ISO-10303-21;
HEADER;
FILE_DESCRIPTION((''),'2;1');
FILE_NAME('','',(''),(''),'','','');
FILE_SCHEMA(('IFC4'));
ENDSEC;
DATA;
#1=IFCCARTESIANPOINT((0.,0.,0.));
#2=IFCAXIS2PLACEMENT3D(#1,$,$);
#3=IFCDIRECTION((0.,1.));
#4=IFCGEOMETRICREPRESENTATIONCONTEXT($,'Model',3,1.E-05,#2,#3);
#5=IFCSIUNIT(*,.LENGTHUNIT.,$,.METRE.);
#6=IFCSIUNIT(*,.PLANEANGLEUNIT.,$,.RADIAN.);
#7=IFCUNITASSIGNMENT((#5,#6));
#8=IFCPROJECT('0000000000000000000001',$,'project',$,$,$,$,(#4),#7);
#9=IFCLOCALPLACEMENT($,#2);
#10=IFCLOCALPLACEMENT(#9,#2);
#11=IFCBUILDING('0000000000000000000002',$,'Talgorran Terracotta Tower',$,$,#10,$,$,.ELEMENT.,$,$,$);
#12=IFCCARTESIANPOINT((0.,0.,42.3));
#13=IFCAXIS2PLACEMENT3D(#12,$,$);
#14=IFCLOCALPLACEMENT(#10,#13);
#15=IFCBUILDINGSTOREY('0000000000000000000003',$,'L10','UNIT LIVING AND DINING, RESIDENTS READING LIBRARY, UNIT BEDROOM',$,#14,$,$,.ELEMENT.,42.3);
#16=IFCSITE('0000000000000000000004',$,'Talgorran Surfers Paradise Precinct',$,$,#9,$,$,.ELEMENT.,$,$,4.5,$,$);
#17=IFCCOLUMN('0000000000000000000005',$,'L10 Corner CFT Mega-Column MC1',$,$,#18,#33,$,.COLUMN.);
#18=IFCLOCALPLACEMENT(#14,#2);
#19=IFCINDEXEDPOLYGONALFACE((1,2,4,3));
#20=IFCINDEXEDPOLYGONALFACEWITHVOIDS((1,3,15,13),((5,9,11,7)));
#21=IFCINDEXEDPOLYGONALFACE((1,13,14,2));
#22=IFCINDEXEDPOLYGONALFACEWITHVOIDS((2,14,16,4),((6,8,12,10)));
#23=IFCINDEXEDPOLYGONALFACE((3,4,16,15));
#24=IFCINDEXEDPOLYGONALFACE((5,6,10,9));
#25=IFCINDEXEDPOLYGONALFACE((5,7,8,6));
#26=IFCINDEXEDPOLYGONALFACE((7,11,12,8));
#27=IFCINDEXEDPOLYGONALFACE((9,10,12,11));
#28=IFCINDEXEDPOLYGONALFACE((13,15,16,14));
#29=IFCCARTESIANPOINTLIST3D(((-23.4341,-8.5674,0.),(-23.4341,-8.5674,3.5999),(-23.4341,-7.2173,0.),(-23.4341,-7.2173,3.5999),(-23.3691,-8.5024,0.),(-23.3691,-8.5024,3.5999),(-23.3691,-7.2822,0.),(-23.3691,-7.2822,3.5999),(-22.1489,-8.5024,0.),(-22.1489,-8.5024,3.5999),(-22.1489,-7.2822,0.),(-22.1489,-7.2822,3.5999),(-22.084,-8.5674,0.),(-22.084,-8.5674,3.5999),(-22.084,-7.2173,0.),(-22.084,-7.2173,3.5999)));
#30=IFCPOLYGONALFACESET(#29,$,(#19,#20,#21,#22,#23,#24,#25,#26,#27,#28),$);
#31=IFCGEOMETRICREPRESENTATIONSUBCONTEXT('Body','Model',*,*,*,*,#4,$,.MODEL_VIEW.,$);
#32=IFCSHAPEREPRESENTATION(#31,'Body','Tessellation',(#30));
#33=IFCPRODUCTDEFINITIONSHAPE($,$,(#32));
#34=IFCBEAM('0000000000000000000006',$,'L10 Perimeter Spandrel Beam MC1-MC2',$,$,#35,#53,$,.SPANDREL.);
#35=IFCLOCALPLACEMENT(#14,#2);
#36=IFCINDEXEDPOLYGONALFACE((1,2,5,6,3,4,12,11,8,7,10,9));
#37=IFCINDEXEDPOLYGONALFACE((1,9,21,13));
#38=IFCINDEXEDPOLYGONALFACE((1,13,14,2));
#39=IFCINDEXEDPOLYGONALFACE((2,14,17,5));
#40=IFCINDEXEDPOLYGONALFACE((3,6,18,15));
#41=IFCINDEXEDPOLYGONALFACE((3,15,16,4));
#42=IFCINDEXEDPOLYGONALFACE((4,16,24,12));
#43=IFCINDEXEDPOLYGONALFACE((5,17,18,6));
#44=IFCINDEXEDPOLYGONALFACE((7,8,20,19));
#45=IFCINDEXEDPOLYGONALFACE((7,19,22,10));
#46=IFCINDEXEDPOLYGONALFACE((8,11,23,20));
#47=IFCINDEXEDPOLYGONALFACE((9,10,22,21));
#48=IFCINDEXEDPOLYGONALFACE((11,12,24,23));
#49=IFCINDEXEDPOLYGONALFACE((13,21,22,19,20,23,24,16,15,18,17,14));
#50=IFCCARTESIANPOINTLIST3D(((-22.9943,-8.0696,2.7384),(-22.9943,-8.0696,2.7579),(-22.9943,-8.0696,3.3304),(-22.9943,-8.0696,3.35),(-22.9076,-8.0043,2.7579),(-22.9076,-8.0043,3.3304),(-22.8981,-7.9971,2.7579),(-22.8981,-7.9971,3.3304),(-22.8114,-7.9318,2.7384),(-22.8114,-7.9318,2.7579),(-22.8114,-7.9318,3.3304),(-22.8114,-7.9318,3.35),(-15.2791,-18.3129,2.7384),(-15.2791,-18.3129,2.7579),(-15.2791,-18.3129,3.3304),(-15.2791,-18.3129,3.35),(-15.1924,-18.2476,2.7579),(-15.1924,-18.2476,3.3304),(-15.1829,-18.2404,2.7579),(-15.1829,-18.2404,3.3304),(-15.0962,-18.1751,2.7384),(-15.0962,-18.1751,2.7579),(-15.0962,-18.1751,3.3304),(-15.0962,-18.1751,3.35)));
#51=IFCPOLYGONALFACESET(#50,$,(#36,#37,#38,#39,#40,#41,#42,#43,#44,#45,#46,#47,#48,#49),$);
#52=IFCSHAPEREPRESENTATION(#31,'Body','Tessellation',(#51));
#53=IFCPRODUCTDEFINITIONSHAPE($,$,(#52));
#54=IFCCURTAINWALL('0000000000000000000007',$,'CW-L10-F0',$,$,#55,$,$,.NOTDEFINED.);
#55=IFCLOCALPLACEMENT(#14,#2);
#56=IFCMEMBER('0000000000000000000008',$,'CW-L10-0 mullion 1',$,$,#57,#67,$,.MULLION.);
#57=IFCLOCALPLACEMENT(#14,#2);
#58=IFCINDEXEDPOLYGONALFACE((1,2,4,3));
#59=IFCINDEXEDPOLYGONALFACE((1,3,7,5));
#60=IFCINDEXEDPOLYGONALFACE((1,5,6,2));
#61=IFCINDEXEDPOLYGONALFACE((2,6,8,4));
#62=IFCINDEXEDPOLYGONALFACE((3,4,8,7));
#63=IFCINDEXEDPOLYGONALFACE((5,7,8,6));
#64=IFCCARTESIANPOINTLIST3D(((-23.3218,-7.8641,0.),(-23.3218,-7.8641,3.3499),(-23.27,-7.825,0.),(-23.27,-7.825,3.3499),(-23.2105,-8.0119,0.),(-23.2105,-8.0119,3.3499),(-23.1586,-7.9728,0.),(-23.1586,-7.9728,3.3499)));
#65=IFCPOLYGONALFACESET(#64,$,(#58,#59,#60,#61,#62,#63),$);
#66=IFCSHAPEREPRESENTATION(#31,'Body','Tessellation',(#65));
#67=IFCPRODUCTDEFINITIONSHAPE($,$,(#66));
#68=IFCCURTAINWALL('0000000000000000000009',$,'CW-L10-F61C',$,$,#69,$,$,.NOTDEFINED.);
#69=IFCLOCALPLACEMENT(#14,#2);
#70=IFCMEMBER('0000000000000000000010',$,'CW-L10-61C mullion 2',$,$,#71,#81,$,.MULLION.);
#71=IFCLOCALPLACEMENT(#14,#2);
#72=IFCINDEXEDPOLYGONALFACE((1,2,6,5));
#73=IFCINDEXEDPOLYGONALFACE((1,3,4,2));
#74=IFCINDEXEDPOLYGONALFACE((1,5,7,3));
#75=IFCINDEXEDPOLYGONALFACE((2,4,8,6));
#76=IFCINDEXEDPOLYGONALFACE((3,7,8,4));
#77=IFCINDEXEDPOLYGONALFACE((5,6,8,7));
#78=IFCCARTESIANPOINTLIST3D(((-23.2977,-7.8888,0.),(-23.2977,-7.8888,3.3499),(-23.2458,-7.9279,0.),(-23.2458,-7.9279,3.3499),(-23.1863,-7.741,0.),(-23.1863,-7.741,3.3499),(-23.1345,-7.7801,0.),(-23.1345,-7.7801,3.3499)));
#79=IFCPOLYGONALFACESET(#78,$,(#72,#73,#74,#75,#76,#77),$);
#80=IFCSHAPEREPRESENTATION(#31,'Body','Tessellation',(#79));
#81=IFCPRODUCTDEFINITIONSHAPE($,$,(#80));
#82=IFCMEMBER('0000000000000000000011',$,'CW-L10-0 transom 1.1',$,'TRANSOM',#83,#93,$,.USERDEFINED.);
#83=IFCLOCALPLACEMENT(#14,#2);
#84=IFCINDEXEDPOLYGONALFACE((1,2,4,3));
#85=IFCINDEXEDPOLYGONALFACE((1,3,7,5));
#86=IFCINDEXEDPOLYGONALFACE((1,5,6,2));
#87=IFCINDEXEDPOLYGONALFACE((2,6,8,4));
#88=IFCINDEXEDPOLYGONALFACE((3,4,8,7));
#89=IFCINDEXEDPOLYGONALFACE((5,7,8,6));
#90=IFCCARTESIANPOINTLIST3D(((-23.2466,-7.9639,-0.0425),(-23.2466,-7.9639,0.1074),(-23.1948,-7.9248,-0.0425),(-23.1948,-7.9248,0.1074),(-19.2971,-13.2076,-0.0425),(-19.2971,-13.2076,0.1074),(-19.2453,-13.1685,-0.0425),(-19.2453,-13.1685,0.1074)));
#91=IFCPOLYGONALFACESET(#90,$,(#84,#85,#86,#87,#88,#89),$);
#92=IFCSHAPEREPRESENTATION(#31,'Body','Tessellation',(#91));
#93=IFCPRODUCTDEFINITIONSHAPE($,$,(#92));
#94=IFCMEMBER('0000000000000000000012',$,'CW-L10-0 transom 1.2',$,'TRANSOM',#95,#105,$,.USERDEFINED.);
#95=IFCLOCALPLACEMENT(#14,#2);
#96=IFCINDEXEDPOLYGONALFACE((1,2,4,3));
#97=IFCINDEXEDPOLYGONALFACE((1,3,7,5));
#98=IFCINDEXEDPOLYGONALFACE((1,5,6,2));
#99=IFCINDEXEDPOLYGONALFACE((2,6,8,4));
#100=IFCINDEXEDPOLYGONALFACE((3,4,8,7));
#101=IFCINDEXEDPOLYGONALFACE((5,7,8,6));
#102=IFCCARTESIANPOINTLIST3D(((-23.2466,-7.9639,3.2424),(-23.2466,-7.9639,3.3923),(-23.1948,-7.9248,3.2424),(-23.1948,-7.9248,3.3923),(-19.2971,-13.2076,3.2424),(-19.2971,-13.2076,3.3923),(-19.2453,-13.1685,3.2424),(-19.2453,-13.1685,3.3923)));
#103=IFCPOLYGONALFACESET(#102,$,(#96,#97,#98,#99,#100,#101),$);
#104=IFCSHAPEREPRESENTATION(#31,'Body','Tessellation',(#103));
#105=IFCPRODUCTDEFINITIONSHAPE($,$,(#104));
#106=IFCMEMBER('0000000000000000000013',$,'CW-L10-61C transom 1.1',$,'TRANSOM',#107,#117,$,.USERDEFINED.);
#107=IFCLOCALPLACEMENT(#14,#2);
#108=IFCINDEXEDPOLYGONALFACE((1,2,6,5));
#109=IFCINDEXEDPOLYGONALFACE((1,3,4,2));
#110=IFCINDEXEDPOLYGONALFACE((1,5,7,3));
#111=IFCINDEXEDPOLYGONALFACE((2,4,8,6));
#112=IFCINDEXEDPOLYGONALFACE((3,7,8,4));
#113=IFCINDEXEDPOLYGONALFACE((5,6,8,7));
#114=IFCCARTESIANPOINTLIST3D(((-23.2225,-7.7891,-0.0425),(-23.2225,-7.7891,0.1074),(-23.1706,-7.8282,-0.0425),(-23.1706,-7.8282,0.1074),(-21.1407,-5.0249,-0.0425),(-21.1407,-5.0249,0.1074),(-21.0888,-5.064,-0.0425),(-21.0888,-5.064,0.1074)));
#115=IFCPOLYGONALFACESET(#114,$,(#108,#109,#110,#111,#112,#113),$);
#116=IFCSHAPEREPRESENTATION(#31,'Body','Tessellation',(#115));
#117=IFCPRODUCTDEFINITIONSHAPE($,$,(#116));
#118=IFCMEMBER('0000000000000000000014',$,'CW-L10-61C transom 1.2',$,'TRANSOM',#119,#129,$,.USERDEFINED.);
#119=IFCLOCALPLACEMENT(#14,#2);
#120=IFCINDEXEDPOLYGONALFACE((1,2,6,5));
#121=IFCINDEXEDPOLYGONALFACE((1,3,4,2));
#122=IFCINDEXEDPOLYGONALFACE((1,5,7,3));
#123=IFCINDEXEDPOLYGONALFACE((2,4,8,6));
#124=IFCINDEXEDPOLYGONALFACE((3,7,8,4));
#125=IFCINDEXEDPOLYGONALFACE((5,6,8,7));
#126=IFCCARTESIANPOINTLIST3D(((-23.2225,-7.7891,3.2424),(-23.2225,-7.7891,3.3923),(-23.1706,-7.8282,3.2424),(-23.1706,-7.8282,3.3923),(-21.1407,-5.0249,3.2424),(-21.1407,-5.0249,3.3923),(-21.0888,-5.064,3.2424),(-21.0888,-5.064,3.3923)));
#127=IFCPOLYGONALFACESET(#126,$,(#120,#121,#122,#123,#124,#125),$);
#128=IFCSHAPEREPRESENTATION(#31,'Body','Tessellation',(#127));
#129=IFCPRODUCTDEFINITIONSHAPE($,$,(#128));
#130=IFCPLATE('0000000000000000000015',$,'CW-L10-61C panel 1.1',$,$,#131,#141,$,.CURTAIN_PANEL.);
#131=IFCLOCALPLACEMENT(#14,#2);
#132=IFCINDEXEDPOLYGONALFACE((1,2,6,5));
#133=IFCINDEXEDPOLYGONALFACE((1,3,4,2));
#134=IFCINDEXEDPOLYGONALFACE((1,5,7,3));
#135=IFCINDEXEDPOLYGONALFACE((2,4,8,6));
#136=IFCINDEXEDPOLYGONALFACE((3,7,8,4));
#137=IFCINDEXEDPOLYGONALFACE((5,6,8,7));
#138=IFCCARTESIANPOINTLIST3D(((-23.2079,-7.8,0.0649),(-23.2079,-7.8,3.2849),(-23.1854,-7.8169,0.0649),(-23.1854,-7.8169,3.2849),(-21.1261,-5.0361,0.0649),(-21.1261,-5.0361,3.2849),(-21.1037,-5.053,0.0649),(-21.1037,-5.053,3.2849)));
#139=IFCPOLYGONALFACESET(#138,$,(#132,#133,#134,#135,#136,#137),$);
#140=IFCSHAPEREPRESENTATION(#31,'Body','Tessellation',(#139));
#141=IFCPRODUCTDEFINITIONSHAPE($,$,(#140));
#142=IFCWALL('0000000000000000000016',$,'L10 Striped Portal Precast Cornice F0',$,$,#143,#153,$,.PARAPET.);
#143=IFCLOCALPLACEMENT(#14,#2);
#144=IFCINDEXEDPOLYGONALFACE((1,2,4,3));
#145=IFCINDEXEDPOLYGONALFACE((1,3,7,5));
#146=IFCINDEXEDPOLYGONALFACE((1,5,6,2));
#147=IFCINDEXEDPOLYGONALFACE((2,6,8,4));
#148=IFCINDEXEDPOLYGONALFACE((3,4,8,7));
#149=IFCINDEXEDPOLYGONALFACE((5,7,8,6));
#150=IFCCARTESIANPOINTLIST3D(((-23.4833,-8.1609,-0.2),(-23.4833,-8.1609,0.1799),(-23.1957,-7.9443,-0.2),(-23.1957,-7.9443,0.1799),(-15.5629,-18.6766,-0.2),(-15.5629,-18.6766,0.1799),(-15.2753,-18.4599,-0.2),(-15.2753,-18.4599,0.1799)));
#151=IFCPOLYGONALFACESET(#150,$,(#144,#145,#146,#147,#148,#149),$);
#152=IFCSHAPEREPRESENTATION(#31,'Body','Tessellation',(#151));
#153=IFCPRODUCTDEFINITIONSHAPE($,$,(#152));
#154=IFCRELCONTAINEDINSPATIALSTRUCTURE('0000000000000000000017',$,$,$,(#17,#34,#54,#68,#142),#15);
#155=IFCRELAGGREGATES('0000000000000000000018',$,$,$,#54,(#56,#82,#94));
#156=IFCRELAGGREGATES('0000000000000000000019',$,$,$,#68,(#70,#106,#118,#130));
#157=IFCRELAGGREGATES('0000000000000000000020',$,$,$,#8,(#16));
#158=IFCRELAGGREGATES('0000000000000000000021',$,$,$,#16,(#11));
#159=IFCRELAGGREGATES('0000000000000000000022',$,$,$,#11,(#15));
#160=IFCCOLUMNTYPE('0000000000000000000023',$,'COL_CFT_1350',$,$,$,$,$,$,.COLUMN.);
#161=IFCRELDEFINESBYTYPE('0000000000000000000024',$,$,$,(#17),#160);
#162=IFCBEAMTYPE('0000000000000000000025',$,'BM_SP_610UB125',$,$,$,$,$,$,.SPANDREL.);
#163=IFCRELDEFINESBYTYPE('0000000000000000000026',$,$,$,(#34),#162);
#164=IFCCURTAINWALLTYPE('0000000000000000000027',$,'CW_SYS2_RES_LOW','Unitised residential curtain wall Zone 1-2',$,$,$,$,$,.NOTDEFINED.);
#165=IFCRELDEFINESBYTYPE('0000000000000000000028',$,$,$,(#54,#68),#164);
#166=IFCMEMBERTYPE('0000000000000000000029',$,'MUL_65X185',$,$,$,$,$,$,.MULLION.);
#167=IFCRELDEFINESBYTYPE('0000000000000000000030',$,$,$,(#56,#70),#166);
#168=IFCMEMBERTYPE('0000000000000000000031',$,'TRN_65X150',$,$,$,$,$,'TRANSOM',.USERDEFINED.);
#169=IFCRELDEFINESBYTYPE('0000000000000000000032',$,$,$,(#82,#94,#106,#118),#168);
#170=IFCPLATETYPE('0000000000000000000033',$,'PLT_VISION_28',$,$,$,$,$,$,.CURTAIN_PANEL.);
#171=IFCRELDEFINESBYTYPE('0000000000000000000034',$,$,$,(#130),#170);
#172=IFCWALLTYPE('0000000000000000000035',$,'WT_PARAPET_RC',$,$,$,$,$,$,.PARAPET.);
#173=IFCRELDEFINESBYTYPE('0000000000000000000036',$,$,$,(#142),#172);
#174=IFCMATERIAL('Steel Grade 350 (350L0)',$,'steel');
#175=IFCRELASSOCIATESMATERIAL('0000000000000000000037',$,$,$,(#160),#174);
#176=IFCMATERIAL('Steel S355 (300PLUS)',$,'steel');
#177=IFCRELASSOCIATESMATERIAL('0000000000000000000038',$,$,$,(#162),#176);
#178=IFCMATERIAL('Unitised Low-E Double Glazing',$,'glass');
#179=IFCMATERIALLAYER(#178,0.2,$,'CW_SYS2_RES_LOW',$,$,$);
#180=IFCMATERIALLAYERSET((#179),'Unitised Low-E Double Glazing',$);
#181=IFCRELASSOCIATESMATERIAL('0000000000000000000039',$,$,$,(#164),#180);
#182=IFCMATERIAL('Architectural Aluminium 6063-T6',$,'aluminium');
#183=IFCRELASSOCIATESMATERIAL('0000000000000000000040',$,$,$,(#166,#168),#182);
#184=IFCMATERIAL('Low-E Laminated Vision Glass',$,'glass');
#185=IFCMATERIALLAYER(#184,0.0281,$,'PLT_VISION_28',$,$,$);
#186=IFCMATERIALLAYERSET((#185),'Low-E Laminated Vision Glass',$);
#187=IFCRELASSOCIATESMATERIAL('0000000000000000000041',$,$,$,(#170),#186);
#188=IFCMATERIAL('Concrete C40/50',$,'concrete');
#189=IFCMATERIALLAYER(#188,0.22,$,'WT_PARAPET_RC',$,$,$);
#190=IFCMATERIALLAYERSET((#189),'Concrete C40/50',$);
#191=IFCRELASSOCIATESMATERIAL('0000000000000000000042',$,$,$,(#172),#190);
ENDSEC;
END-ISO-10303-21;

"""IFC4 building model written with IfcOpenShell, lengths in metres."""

from ifc_helpers import new_model, si_unit, direction, frame, frame_2d, origin, origin_2d, place, context, subcontext, project, spatial, rectangle, hollow_rectangle, i_section, extrude, source, transform, mapped, material, layer, layer_set, material_profile, profile_set, type_object, type_shapes, element, aggregate, save


model = new_model("IFC4")

# Units and contexts
model_context = context("Model", 3, precision=1e-05, world=origin(), true_north=direction((0.0, 1.0)))
body_context = subcontext(model_context, "Body", "Model", "MODEL_VIEW")
ifc_project = project(units=[si_unit("LENGTHUNIT", "METRE"), si_unit("PLANEANGLEUNIT", "RADIAN")], contexts=[model_context])

# Site, building, storey
site_placement = place(None, origin())
site = spatial("IfcSite", under=ifc_project, at=site_placement, Name="Talgorran Surfers Paradise Precinct", CompositionType="ELEMENT", RefElevation=4.5)
building_placement = place(site_placement, origin())
building = spatial("IfcBuilding", under=site, at=building_placement, Name="Talgorran Terracotta Tower", CompositionType="ELEMENT")
storey_placement = place(building_placement, frame((0.0, 0.0, 42.3)))
storey = spatial("IfcBuildingStorey", under=building, at=storey_placement, Name="L10", Description="UNIT LIVING AND DINING, RESIDENTS READING LIBRARY, UNIT BEDROOM", CompositionType="ELEMENT", Elevation=42.3)

# Column
ifc_material_1 = material(Name="Steel Grade 350 (350L0)", Category="steel")
ifc_material_profile_1 = material_profile(ifc_material_1, hollow_rectangle(XDim=1.3501, YDim=1.3501, WallThickness=0.0649, at=origin_2d()), Name="CFT1350X1350X65")
ifc_profile_set_1 = profile_set([ifc_material_profile_1], Name="Steel Grade 350 (350L0)")
column_type = type_object("IfcColumnType", Name="COL_CFT_1350", PredefinedType="COLUMN", material=ifc_profile_set_1)
column_placement = place(storey_placement, frame((-22.759, -7.8923, 0.0), z_axis=(0.0, 0.0, 1.0), x_axis=(1.0, 0.0, 0.0)))
element("IfcColumn", 1, at=column_placement, inside=storey, type_object=column_type, Name="L10 Corner CFT Mega-Column MC1", PredefinedType="COLUMN", context=body_context, shape_type="SweptSolid", body=[
    extrude(hollow_rectangle(XDim=1.3501, YDim=1.3501, WallThickness=0.0649, at=origin_2d()), origin(), (0.0, 0.0, 1.0), 3.5999),
])

# Beam
ifc_material_2 = material(Name="Steel S355 (300PLUS)", Category="steel")
ifc_material_profile_2 = material_profile(ifc_material_2, i_section(OverallWidth=0.229, OverallDepth=0.6116, WebThickness=0.012, FlangeThickness=0.0195, at=origin_2d()), Name="610UB125")
ifc_profile_set_2 = profile_set([ifc_material_profile_2], Name="Steel S355 (300PLUS)")
beam_type = type_object("IfcBeamType", Name="BM_SP_610UB125", PredefinedType="SPANDREL", material=ifc_profile_set_2)
beam_placement = place(storey_placement, frame((-22.9028, -8.0007, 3.0442), z_axis=(0.601631, -0.798774, 0.0), x_axis=(0.798774, 0.601631, 0.0)))
element("IfcBeam", 2, at=beam_placement, inside=storey, type_object=beam_type, Name="L10 Perimeter Spandrel Beam MC1-MC2", PredefinedType="SPANDREL", context=body_context, shape_type="SweptSolid", body=[
    extrude(i_section(OverallWidth=0.229, OverallDepth=0.6116, WebThickness=0.012, FlangeThickness=0.0195, at=origin_2d()), origin(), (0.0, 0.0, 1.0), 12.8237),
])

# Curtain walls, members
ifc_material_3 = material(Name="Unitised Low-E Double Glazing", Category="glass")
ifc_layer_1 = layer(ifc_material_3, 0.2, Name="CW_SYS2_RES_LOW")
ifc_layer_set_1 = layer_set([ifc_layer_1], Name="Unitised Low-E Double Glazing")
curtain_wall_type = type_object("IfcCurtainWallType", Name="CW_SYS2_RES_LOW", Description="Unitised residential curtain wall Zone 1-2", PredefinedType="NOTDEFINED", material=ifc_layer_set_1)
curtain_wall_1_placement = place(storey_placement, origin())
curtain_wall_1 = element("IfcCurtainWall", 3, at=curtain_wall_1_placement, inside=storey, type_object=curtain_wall_type, Name="CW-L10-F0", PredefinedType="NOTDEFINED")
ifc_material_4 = material(Name="Architectural Aluminium 6063-T6", Category="aluminium")
ifc_material_profile_3 = material_profile(ifc_material_4, rectangle(XDim=0.0649, YDim=0.1851, at=origin_2d()), Name="CWM65X185")
ifc_profile_set_3 = profile_set([ifc_material_profile_3], Name="Architectural Aluminium 6063-T6")
member_type_1 = type_object("IfcMemberType", Name="MUL_65X185", PredefinedType="MULLION", material=ifc_profile_set_3)
member_1_placement = place(storey_placement, frame((-23.2402, -7.9185, 0.0), z_axis=(0.0, 0.0, 1.0), x_axis=(0.798774, 0.601632, 0.0)))
member_1 = element("IfcMember", 4, at=member_1_placement, type_object=member_type_1, Name="CW-L10-0 mullion 1", PredefinedType="MULLION", context=body_context, shape_type="SweptSolid", body=[
    extrude(rectangle(XDim=0.0649, YDim=0.1851, at=origin_2d()), origin(), (0.0, 0.0, 1.0), 3.3499),
])
curtain_wall_2_placement = place(storey_placement, origin())
curtain_wall_2 = element("IfcCurtainWall", 5, at=curtain_wall_2_placement, inside=storey, type_object=curtain_wall_type, Name="CW-L10-F61C", PredefinedType="NOTDEFINED")
member_2_placement = place(storey_placement, frame((-23.2161, -7.8345, 0.0), z_axis=(0.0, 0.0, 1.0), x_axis=(0.798775, -0.60163, 0.0)))
member_2 = element("IfcMember", 6, at=member_2_placement, type_object=member_type_1, Name="CW-L10-61C mullion 2", PredefinedType="MULLION", context=body_context, shape_type="SweptSolid", body=[
    extrude(rectangle(XDim=0.0649, YDim=0.1851, at=origin_2d()), origin(), (0.0, 0.0, 1.0), 3.3499),
])

# Members
ifc_material_profile_4 = material_profile(ifc_material_4, rectangle(XDim=0.0649, YDim=0.1499, at=origin_2d()), Name="CWT65X150")
ifc_profile_set_4 = profile_set([ifc_material_profile_4], Name="Architectural Aluminium 6063-T6")
member_type_2 = type_object("IfcMemberType", Name="TRN_65X150", ElementType="TRANSOM", PredefinedType="USERDEFINED", material=ifc_profile_set_4)
member_3_placement = place(storey_placement, frame((-23.2207, -7.9443, 0.0325), z_axis=(0.601629, -0.798776, 0.0), x_axis=(0.798776, 0.601629, 0.0)))
member_3 = element("IfcMember", 7, at=member_3_placement, type_object=member_type_2, Name="CW-L10-0 transom 1.1", ObjectType="TRANSOM", PredefinedType="USERDEFINED", context=body_context, shape_type="SweptSolid", body=[
    extrude(rectangle(XDim=0.0649, YDim=0.1499, at=origin_2d()), origin(), (0.0, 0.0, 1.0), 6.5647),
])
member_4_placement = place(storey_placement, frame((-23.2207, -7.9443, 3.3174), z_axis=(0.601629, -0.798776, 0.0), x_axis=(0.798776, 0.601629, 0.0)))
member_4 = element("IfcMember", 8, at=member_4_placement, type_object=member_type_2, Name="CW-L10-0 transom 1.2", ObjectType="TRANSOM", PredefinedType="USERDEFINED", context=body_context, shape_type="SweptSolid", body=[
    extrude(rectangle(XDim=0.0649, YDim=0.1499, at=origin_2d()), origin(), (0.0, 0.0, 1.0), 6.5647),
])
aggregate(curtain_wall_1, [member_1, member_3, member_4])
member_5_placement = place(storey_placement, frame((-21.1147, -5.0444, 0.0325), z_axis=(-0.601602, -0.798796, 0.0), x_axis=(0.798796, -0.601602, 0.0)))
member_5 = element("IfcMember", 9, at=member_5_placement, type_object=member_type_2, Name="CW-L10-61C transom 1.1", ObjectType="TRANSOM", PredefinedType="USERDEFINED", context=body_context, shape_type="SweptSolid", body=[
    extrude(rectangle(XDim=0.0649, YDim=0.1499, at=origin_2d()), origin(), (0.0, 0.0, 1.0), 3.4604),
])
member_6_placement = place(storey_placement, frame((-21.1147, -5.0444, 3.3174), z_axis=(-0.601602, -0.798796, 0.0), x_axis=(0.798796, -0.601602, 0.0)))
member_6 = element("IfcMember", 10, at=member_6_placement, type_object=member_type_2, Name="CW-L10-61C transom 1.2", ObjectType="TRANSOM", PredefinedType="USERDEFINED", context=body_context, shape_type="SweptSolid", body=[
    extrude(rectangle(XDim=0.0649, YDim=0.1499, at=origin_2d()), origin(), (0.0, 0.0, 1.0), 3.4604),
])

# Plate
ifc_material_5 = material(Name="Low-E Laminated Vision Glass", Category="glass")
ifc_layer_2 = layer(ifc_material_5, 0.0281, Name="PLT_VISION_28")
ifc_layer_set_2 = layer_set([ifc_layer_2], Name="Low-E Laminated Vision Glass")
plate_type = type_object("IfcPlateType", Name="PLT_VISION_28", PredefinedType="CURTAIN_PANEL", material=ifc_layer_set_2)
shared_shape_1 = source(origin(), body_context, "Body", "SweptSolid", [
    extrude(rectangle(XDim=3.4602, YDim=0.0281, at=origin_2d()), origin(), (0.0, 0.0, 1.0), 3.22),
])
type_shapes(plate_type, [shared_shape_1])
plate_placement = place(storey_placement, frame((-22.1558, -6.4265, 0.0649), z_axis=(0.0, 0.0, 1.0), x_axis=(-0.60163, -0.798775, 0.0)))
plate = element("IfcPlate", 11, at=plate_placement, type_object=plate_type, Name="CW-L10-61C panel 1.1", PredefinedType="CURTAIN_PANEL", context=body_context, shape_type="MappedRepresentation", body=[
    mapped(shared_shape_1, transform((0.0, 0.0, 0.0), scale=1.0)),
])
aggregate(curtain_wall_2, [member_2, member_5, member_6, plate])

# Wall
ifc_material_6 = material(Name="Concrete C40/50", Category="concrete")
ifc_layer_3 = layer(ifc_material_6, 0.22, Name="WT_PARAPET_RC")
ifc_layer_set_3 = layer_set([ifc_layer_3], Name="Concrete C40/50")
wall_type_1 = type_object("IfcWallType", Name="WT_PARAPET_RC", PredefinedType="PARAPET", material=ifc_layer_set_3)
wall_1_placement = place(storey_placement, frame((-23.3396, -8.0525, -0.2), z_axis=(0.0, 0.0, 1.0), x_axis=(0.601637, -0.79877, 0.0)))
element("IfcWall", 12, at=wall_1_placement, inside=storey, type_object=wall_type_1, Name="L10 Striped Portal Precast Cornice F0", PredefinedType="PARAPET", context=body_context, shape_type="SweptSolid", body=[
    extrude(rectangle(XDim=13.1648, YDim=0.3601, at=frame_2d((6.5825, 0.0))), origin(), (0.0, 0.0, 1.0), 0.3799),
])

save(model, "model.ifc")
